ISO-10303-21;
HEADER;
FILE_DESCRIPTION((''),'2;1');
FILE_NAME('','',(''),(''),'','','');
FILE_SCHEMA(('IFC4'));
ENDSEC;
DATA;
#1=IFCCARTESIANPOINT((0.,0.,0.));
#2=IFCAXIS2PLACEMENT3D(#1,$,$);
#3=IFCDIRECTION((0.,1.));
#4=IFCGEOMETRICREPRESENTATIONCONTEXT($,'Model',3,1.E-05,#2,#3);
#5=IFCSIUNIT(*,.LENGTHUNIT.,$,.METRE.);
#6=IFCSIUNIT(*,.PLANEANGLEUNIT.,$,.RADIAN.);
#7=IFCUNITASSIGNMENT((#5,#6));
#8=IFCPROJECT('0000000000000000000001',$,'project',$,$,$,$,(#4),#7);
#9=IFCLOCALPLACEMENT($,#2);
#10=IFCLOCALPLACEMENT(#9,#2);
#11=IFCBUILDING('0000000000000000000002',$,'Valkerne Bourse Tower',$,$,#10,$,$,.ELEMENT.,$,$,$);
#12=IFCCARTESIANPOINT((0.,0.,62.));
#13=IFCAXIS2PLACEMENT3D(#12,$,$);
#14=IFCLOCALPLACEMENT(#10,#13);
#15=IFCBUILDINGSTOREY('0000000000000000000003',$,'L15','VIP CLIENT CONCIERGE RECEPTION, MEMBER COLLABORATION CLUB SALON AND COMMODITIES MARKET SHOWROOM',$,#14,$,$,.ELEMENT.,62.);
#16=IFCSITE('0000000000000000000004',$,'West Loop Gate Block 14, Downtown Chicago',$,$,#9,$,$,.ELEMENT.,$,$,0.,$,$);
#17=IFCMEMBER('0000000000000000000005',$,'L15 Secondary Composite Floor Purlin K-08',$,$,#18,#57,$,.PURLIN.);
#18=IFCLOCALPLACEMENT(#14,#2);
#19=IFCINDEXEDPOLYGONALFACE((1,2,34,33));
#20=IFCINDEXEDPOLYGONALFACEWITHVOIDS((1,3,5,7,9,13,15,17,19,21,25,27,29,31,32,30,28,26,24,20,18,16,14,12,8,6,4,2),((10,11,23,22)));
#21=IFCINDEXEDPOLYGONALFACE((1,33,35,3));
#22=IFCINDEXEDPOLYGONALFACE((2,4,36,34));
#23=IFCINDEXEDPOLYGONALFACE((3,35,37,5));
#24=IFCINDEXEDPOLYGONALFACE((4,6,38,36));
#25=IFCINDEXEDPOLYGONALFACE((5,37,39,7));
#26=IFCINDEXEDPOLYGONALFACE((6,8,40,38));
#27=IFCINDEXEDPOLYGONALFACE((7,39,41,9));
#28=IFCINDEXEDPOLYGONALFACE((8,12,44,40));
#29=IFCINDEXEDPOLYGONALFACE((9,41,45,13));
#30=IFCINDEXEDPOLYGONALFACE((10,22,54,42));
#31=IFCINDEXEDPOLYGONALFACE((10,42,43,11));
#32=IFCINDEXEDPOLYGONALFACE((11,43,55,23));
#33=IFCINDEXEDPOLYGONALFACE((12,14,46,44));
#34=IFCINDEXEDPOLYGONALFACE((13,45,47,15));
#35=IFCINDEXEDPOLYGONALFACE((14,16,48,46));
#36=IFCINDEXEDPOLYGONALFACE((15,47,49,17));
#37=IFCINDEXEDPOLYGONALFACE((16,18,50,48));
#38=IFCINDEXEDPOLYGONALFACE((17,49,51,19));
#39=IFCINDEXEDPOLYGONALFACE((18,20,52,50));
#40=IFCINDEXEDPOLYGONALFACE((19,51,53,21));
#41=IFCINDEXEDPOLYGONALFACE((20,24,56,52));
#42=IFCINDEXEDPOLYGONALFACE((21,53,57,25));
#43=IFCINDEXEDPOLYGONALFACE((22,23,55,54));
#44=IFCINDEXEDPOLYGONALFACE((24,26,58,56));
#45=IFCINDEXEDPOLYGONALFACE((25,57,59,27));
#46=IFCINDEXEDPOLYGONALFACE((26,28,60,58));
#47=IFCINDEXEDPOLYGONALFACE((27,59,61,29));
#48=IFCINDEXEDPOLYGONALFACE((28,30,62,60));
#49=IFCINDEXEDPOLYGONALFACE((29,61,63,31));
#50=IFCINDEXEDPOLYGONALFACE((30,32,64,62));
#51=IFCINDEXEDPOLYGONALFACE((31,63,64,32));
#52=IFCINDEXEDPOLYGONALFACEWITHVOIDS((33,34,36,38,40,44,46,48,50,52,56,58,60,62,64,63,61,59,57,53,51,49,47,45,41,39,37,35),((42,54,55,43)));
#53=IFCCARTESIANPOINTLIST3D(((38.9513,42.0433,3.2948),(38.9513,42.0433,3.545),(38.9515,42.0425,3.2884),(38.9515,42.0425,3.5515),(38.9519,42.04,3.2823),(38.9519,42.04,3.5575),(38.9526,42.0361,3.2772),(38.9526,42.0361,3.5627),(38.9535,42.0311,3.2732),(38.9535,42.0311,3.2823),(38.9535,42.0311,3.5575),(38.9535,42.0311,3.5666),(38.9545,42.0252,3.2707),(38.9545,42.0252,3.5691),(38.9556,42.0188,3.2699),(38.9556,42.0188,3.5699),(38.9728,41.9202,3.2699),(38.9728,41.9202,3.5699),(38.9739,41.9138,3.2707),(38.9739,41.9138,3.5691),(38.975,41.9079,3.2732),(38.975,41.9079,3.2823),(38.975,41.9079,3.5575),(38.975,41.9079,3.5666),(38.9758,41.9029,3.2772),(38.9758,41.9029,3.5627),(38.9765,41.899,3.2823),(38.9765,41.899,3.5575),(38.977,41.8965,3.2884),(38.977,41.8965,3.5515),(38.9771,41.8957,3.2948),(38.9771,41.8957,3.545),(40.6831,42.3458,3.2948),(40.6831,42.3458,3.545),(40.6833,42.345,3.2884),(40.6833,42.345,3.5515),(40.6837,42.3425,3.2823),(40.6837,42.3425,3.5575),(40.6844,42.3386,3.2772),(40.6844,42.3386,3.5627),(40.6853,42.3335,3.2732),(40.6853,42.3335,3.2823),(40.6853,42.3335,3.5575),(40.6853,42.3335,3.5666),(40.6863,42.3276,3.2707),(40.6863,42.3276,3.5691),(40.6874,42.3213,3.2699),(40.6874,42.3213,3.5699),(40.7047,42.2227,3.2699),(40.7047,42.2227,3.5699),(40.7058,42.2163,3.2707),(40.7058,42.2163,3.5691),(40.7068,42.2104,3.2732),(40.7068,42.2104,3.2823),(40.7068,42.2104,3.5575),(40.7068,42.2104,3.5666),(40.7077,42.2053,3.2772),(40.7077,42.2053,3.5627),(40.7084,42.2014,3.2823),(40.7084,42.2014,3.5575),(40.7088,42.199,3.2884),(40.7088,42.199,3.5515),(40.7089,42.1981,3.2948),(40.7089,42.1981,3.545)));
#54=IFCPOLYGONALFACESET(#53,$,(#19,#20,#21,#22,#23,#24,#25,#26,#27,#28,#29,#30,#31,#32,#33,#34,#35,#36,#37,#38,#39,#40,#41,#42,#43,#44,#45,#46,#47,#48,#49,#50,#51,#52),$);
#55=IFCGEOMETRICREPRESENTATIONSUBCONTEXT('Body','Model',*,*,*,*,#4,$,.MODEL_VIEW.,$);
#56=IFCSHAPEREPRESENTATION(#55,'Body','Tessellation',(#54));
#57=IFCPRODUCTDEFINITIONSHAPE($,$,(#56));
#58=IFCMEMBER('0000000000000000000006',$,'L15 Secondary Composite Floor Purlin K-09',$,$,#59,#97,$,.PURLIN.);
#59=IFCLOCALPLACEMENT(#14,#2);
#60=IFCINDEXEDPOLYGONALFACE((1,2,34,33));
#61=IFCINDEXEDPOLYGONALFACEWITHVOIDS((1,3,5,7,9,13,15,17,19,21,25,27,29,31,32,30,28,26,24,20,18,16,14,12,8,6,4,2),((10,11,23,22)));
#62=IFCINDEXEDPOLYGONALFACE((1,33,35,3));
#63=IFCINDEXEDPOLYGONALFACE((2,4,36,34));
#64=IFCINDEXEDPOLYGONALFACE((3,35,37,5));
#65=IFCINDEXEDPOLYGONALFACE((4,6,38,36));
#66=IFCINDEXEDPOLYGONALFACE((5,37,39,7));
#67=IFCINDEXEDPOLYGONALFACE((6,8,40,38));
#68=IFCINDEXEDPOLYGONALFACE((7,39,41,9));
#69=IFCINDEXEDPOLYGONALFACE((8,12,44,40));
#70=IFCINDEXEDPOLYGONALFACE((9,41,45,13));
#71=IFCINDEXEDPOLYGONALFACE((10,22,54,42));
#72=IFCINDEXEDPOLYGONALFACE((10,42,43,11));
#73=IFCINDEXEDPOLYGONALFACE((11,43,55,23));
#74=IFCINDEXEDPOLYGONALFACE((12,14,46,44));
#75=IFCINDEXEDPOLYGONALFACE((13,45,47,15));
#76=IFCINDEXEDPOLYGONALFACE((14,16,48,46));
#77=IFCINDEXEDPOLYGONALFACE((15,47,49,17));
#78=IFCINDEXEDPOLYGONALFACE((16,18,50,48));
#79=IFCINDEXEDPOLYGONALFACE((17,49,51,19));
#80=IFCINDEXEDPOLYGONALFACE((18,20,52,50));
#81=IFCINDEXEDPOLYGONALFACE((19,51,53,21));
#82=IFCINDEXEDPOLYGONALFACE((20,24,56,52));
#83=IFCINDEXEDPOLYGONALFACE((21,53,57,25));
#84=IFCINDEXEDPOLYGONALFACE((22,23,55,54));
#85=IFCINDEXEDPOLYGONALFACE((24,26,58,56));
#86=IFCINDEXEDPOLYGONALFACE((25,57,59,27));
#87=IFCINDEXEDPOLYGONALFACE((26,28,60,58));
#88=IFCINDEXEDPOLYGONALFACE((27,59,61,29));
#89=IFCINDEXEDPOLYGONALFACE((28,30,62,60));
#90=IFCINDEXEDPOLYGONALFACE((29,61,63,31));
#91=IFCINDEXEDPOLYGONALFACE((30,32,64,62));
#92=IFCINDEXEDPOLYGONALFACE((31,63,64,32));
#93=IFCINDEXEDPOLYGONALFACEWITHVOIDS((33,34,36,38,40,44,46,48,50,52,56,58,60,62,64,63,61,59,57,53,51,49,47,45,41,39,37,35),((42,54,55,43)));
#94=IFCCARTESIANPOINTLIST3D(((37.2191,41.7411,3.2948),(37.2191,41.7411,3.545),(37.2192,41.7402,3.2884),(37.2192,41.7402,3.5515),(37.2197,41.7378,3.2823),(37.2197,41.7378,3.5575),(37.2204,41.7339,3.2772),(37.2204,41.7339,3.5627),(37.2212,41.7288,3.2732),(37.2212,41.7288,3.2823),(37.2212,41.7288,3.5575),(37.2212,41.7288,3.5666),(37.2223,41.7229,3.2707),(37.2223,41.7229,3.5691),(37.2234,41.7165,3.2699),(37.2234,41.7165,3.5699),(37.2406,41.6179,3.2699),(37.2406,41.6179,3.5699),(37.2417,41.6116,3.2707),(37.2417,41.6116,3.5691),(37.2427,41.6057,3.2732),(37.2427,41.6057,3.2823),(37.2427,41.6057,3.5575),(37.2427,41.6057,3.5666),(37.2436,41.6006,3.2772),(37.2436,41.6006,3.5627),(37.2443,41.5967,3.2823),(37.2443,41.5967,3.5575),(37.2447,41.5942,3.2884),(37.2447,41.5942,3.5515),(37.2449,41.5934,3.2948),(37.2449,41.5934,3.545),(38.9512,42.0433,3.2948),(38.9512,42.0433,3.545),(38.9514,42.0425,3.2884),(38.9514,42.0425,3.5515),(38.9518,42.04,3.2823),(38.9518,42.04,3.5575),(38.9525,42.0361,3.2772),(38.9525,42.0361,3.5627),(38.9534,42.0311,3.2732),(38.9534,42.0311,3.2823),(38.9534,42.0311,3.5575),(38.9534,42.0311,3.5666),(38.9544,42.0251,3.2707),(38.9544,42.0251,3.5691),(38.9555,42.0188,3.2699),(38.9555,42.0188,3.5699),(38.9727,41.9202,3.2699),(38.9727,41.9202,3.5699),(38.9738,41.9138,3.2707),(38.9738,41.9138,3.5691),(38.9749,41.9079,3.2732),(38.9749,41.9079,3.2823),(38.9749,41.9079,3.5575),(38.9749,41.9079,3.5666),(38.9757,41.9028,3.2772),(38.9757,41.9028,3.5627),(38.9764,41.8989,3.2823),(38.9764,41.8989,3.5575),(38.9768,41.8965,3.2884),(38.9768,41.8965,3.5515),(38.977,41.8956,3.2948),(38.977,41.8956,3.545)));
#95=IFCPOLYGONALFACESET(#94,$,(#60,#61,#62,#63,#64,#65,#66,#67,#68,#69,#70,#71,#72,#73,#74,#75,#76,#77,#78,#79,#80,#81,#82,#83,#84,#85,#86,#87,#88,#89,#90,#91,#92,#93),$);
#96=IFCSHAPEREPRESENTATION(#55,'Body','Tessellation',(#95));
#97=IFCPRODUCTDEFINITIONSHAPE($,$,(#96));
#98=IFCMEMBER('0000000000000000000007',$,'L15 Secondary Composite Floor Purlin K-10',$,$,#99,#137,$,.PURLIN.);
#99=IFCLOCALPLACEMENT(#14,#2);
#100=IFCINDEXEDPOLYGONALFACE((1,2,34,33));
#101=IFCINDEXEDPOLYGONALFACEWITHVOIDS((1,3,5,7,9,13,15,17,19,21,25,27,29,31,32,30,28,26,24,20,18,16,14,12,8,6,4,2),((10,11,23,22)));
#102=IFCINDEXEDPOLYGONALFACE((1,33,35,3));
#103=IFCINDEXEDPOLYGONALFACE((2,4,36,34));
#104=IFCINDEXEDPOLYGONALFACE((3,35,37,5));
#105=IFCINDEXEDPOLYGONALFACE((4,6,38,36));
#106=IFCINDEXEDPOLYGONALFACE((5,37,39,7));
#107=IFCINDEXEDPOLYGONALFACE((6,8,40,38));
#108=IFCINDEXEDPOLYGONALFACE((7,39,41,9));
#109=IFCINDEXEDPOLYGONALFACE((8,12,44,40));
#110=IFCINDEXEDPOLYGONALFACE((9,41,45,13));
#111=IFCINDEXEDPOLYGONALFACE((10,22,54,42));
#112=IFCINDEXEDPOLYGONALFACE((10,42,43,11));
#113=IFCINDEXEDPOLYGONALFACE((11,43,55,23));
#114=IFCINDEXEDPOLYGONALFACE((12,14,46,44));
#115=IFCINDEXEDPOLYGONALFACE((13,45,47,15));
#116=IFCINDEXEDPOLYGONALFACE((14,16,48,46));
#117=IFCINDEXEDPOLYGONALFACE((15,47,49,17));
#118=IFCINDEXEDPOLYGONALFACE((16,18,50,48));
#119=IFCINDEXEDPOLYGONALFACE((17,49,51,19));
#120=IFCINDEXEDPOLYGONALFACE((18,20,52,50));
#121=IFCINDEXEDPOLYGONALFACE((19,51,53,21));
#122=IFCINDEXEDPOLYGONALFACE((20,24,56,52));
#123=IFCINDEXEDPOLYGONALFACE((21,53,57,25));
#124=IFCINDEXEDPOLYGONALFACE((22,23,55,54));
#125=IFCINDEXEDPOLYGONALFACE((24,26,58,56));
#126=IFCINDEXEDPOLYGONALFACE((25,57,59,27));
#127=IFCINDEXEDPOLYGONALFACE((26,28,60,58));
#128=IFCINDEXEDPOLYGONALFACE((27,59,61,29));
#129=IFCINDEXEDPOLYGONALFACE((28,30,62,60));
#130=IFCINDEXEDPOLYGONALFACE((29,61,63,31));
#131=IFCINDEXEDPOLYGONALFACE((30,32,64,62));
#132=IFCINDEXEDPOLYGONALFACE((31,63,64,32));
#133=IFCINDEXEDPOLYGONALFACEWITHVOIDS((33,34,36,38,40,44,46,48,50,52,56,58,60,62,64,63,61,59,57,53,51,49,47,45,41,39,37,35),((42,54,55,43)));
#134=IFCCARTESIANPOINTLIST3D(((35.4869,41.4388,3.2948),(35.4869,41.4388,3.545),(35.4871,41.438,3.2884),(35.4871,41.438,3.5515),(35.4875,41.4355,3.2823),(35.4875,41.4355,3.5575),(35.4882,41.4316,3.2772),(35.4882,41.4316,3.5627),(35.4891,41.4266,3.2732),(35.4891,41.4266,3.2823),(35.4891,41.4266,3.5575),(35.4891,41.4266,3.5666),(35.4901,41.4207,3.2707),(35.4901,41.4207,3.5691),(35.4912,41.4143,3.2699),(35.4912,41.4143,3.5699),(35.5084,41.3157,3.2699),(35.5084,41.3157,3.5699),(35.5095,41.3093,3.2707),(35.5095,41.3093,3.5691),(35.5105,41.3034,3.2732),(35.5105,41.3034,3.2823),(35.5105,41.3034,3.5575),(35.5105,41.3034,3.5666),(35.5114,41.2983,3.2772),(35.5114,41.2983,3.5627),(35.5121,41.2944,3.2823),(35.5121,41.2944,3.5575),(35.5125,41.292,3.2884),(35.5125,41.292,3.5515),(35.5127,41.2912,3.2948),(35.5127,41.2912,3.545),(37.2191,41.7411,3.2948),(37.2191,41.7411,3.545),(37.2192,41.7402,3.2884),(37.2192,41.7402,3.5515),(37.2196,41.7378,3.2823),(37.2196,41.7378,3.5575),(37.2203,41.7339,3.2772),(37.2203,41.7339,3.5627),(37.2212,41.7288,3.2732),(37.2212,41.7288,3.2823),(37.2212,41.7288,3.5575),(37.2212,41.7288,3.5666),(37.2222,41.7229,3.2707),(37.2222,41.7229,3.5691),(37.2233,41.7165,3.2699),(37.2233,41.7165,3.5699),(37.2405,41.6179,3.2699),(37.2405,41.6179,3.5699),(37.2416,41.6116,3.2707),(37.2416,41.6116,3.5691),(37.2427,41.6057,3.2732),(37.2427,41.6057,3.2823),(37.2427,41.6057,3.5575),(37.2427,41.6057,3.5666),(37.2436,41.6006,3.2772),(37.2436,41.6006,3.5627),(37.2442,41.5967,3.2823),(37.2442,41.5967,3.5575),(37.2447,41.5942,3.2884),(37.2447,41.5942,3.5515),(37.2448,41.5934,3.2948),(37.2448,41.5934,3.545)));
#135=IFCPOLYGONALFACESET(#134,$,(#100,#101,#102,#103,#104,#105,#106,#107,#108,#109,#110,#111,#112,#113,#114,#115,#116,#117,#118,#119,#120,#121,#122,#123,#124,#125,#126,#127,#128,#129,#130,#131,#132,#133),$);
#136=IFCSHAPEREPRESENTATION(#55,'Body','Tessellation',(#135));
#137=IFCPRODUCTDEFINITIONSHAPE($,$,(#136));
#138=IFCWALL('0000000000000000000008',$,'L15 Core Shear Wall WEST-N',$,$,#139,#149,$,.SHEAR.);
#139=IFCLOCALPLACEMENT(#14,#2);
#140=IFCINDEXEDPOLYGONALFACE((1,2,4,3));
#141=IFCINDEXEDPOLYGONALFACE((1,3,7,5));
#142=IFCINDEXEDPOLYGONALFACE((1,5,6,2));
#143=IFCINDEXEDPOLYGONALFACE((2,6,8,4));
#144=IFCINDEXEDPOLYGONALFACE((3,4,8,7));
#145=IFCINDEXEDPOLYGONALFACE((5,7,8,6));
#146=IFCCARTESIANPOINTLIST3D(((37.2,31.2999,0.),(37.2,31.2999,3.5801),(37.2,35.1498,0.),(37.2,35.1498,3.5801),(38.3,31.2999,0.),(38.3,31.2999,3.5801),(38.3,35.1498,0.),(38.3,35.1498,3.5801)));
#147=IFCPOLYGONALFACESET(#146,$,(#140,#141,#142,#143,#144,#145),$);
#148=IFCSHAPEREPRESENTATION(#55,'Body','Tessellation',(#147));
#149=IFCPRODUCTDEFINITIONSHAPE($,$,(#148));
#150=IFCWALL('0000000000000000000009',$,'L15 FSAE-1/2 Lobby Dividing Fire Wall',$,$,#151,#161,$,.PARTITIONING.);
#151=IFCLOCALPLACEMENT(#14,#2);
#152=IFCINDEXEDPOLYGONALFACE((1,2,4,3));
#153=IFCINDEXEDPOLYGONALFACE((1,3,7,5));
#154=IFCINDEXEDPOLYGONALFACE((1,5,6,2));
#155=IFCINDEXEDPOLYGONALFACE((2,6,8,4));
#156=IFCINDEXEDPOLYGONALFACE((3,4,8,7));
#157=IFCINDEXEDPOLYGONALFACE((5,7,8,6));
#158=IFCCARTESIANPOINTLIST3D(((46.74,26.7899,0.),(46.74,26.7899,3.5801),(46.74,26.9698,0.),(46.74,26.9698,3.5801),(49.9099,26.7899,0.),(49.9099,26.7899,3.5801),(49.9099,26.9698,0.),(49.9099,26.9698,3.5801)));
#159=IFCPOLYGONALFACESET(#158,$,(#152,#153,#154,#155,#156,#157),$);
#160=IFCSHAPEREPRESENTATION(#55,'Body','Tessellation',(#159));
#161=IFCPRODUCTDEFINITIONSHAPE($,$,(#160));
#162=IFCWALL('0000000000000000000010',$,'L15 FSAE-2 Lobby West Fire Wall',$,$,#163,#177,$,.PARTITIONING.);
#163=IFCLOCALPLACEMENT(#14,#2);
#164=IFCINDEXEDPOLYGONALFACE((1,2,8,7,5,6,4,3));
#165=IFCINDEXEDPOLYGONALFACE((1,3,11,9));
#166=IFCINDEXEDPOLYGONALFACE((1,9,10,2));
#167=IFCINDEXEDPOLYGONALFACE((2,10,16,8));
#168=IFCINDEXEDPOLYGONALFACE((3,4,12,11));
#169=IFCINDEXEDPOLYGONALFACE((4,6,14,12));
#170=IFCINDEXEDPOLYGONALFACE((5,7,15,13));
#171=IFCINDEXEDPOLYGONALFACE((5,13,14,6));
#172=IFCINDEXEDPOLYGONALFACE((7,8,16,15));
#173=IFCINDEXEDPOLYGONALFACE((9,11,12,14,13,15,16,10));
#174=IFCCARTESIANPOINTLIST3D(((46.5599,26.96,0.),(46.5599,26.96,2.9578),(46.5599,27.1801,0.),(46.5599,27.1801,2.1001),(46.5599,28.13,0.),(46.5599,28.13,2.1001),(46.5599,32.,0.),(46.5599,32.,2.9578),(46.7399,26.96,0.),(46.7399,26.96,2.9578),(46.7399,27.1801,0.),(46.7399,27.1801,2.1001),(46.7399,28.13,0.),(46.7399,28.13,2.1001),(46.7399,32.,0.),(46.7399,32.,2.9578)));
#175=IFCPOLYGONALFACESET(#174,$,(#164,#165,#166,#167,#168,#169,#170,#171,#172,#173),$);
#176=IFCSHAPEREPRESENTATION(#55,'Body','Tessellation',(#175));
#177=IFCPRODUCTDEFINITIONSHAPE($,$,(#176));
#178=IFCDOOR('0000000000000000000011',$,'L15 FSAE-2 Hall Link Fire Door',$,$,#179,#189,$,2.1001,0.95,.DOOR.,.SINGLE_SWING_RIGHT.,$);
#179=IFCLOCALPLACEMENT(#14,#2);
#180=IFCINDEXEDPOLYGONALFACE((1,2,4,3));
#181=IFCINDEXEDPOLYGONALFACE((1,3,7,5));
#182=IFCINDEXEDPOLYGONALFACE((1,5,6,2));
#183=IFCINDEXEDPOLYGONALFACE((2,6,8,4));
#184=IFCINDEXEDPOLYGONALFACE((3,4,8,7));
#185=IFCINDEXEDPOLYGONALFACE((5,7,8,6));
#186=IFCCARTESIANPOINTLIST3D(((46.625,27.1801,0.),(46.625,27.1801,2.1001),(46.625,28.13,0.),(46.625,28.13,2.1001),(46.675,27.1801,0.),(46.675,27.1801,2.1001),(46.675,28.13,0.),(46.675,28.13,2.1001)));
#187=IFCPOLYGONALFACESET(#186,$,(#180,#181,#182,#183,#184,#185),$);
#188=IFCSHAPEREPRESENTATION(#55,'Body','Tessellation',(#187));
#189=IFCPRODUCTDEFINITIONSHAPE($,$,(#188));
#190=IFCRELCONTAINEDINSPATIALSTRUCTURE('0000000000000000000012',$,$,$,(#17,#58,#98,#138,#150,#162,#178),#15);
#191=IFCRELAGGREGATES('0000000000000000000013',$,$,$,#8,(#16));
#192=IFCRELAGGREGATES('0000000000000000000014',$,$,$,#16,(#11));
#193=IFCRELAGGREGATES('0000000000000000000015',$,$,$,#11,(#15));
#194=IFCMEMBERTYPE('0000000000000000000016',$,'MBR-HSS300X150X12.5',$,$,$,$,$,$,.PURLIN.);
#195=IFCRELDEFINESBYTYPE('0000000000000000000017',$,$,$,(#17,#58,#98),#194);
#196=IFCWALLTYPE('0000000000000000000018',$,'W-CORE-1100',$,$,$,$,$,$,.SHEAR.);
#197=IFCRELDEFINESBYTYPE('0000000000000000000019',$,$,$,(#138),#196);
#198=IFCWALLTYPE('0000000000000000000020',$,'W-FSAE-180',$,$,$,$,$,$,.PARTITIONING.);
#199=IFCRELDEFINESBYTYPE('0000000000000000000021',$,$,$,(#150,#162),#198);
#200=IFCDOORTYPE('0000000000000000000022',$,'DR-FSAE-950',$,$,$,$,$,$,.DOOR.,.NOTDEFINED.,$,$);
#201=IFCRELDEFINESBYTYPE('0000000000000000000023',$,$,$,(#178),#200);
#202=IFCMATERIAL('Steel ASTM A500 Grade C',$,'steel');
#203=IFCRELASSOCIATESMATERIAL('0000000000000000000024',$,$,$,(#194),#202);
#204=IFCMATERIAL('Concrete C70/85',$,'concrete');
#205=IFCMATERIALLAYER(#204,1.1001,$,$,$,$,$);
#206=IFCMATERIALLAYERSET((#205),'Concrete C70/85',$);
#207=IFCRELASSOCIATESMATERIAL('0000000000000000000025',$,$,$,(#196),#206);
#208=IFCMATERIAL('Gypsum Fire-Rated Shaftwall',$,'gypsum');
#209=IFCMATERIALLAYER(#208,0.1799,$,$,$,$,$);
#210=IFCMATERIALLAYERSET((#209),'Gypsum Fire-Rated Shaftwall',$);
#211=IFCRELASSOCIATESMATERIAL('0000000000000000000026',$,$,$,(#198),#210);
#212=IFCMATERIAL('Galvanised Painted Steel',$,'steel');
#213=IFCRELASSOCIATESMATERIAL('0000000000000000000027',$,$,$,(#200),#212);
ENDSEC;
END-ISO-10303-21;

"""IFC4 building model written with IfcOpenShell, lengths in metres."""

from ifc_helpers import new_model, si_unit, direction, frame, frame_2d, origin, origin_2d, place, context, subcontext, project, spatial, rectangle, hollow_rectangle, extrude, material, layer, layer_set, material_profile, profile_set, type_object, element, fill, save


model = new_model("IFC4")

# Units and contexts
model_context = context("Model", 3, precision=1e-05, world=origin(), true_north=direction((0.0, 1.0)))
body_context = subcontext(model_context, "Body", "Model", "MODEL_VIEW")
ifc_project = project(units=[si_unit("LENGTHUNIT", "METRE"), si_unit("PLANEANGLEUNIT", "RADIAN")], contexts=[model_context])

# Site, building, storey
site_placement = place(None, origin())
site = spatial("IfcSite", under=ifc_project, at=site_placement, Name="West Loop Gate Block 14, Downtown Chicago", CompositionType="ELEMENT", RefElevation=0.0)
building_placement = place(site_placement, origin())
building = spatial("IfcBuilding", under=site, at=building_placement, Name="Valkerne Bourse Tower", CompositionType="ELEMENT")
storey_placement = place(building_placement, frame((0.0, 0.0, 62.0)))
storey = spatial("IfcBuildingStorey", under=building, at=storey_placement, Name="L15", Description="VIP CLIENT CONCIERGE RECEPTION, MEMBER COLLABORATION CLUB SALON AND COMMODITIES MARKET SHOWROOM", CompositionType="ELEMENT", Elevation=62.0)

# Members
ifc_material_1 = material(Name="Steel ASTM A500 Grade C", Category="steel")
ifc_material_profile_1 = material_profile(ifc_material_1, hollow_rectangle(XDim=0.1499, YDim=0.3, WallThickness=0.0125, OuterFilletRadius=0.0249, at=origin_2d()), Name="HSS300X150X12.5")
ifc_profile_set_1 = profile_set([ifc_material_profile_1], Name="Steel ASTM A500 Grade C")
member_type = type_object("IfcMemberType", Name="MBR-HSS300X150X12.5", PredefinedType="PURLIN", material=ifc_profile_set_1)
member_placement = place(storey_placement, frame((40.696, 42.272, 3.4199), z_axis=(-0.985088, -0.17205, 0.0), x_axis=(0.17205, -0.985088, 0.0)))
element("IfcMember", 1, at=member_placement, inside=storey, type_object=member_type, Name="L15 Secondary Composite Floor Purlin K-08", PredefinedType="PURLIN", context=body_context, shape_type="SweptSolid", body=[
    extrude(hollow_rectangle(XDim=0.1499, YDim=0.3, WallThickness=0.0125, OuterFilletRadius=0.0249, at=origin_2d()), origin(), (0.0, 0.0, 1.0), 1.7581),
])
for number, where, z_axis, x_axis, name in (
    (2, (38.9641, 41.9695, 3.4199), (-0.985116, -0.171892, 0.0), (0.171892, -0.985116, 0.0), "L15 Secondary Composite Floor Purlin K-09"),
    (3, (37.2319, 41.6672, 3.4199), (-0.985116, -0.171892, 0.0), (0.171892, -0.985116, 0.0), "L15 Secondary Composite Floor Purlin K-10"),
):
    element("IfcMember", number, at=place(storey_placement, frame(where, z_axis=z_axis, x_axis=x_axis)), inside=storey, type_object=member_type, Name=name, PredefinedType="PURLIN", context=body_context, shape_type="SweptSolid", body=[
        extrude(hollow_rectangle(XDim=0.1499, YDim=0.3, WallThickness=0.0125, OuterFilletRadius=0.0249, at=origin_2d()), origin(), (0.0, 0.0, 1.0), 1.7583),
    ])

# Shared definitions
ifc_material_2 = material(Name="Concrete C70/85", Category="concrete")
ifc_layer_1 = layer(ifc_material_2, 1.1001)
ifc_layer_set_1 = layer_set([ifc_layer_1], Name="Concrete C70/85")
wall_type_1 = type_object("IfcWallType", Name="W-CORE-1100", PredefinedType="SHEAR", material=ifc_layer_set_1)
ifc_material_3 = material(Name="Galvanised Painted Steel", Category="steel")

# Walls
wall_1_placement = place(storey_placement, frame((37.75, 31.3, 0.0), z_axis=(0.0, 0.0, 1.0), x_axis=(0.0, 1.0, 0.0)))
element("IfcWall", 4, at=wall_1_placement, inside=storey, type_object=wall_type_1, Name="L15 Core Shear Wall WEST-N", PredefinedType="SHEAR", context=body_context, shape_type="SweptSolid", body=[
    extrude(rectangle(XDim=3.8499, YDim=1.1001, at=frame_2d((1.9248, 0.0))), origin(), (0.0, 0.0, 1.0), 3.5801),
])
ifc_material_4 = material(Name="Gypsum Fire-Rated Shaftwall", Category="gypsum")
ifc_layer_2 = layer(ifc_material_4, 0.1799)
ifc_layer_set_2 = layer_set([ifc_layer_2], Name="Gypsum Fire-Rated Shaftwall")
wall_type_2 = type_object("IfcWallType", Name="W-FSAE-180", PredefinedType="PARTITIONING", material=ifc_layer_set_2)
wall_2_placement = place(storey_placement, frame((46.74, 26.8799, 0.0), z_axis=(0.0, 0.0, 1.0), x_axis=(1.0, 0.0, 0.0)))
element("IfcWall", 5, at=wall_2_placement, inside=storey, type_object=wall_type_2, Name="L15 FSAE-1/2 Lobby Dividing Fire Wall", PredefinedType="PARTITIONING", context=body_context, shape_type="SweptSolid", body=[
    extrude(rectangle(XDim=3.1699, YDim=0.1799, at=frame_2d((1.585, 0.0))), origin(), (0.0, 0.0, 1.0), 3.5801),
])

# Wall, opening, door
wall_3_placement = place(storey_placement, frame((46.6499, 26.96, 0.0), z_axis=(0.0, 0.0, 1.0), x_axis=(0.0, 1.0, 0.0)))
wall_3 = element("IfcWall", 6, at=wall_3_placement, inside=storey, type_object=wall_type_2, Name="L15 FSAE-2 Lobby West Fire Wall", PredefinedType="PARTITIONING", context=body_context, shape_type="SweptSolid", body=[
    extrude(rectangle(XDim=5.04, YDim=0.1799, at=frame_2d((2.52, 0.0))), origin(), (0.0, 0.0, 1.0), 2.9578),
])
opening_1_placement = place(wall_3_placement, frame((0.22, 0.0, 0.0)))
opening_1 = element("IfcOpeningElement", 7, at=opening_1_placement, cuts=wall_3, PredefinedType="OPENING", context=body_context, shape_type="SweptSolid", body=[
    extrude(rectangle(XDim=0.95, YDim=2.1001, at=frame_2d((0.4751, 1.05))), frame((0.0, 0.0999, 0.0), z_axis=(0.0, -1.0, 0.0), x_axis=(1.0, 0.0, 0.0)), (0.0, 0.0, 1.0), 0.2),
])
door_type_1 = type_object("IfcDoorType", Name="DR-FSAE-950", OperationType="NOTDEFINED", PredefinedType="DOOR", material=ifc_material_3)
door_1_placement = place(opening_1_placement, origin())
door_1 = element("IfcDoor", 8, at=door_1_placement, inside=storey, type_object=door_type_1, Name="L15 FSAE-2 Hall Link Fire Door", OperationType="SINGLE_SWING_RIGHT", OverallHeight=2.1001, OverallWidth=0.95, PredefinedType="DOOR", context=body_context, shape_type="SweptSolid", body=[
    extrude(rectangle(XDim=0.95, YDim=2.1001, at=frame_2d((0.4751, 1.05))), frame((0.0, 0.0249, 0.0), z_axis=(0.0, -1.0, 0.0), x_axis=(1.0, 0.0, 0.0)), (0.0, 0.0, 1.0), 0.05),
])
fill(opening_1, door_1)

save(model, "model.ifc")
